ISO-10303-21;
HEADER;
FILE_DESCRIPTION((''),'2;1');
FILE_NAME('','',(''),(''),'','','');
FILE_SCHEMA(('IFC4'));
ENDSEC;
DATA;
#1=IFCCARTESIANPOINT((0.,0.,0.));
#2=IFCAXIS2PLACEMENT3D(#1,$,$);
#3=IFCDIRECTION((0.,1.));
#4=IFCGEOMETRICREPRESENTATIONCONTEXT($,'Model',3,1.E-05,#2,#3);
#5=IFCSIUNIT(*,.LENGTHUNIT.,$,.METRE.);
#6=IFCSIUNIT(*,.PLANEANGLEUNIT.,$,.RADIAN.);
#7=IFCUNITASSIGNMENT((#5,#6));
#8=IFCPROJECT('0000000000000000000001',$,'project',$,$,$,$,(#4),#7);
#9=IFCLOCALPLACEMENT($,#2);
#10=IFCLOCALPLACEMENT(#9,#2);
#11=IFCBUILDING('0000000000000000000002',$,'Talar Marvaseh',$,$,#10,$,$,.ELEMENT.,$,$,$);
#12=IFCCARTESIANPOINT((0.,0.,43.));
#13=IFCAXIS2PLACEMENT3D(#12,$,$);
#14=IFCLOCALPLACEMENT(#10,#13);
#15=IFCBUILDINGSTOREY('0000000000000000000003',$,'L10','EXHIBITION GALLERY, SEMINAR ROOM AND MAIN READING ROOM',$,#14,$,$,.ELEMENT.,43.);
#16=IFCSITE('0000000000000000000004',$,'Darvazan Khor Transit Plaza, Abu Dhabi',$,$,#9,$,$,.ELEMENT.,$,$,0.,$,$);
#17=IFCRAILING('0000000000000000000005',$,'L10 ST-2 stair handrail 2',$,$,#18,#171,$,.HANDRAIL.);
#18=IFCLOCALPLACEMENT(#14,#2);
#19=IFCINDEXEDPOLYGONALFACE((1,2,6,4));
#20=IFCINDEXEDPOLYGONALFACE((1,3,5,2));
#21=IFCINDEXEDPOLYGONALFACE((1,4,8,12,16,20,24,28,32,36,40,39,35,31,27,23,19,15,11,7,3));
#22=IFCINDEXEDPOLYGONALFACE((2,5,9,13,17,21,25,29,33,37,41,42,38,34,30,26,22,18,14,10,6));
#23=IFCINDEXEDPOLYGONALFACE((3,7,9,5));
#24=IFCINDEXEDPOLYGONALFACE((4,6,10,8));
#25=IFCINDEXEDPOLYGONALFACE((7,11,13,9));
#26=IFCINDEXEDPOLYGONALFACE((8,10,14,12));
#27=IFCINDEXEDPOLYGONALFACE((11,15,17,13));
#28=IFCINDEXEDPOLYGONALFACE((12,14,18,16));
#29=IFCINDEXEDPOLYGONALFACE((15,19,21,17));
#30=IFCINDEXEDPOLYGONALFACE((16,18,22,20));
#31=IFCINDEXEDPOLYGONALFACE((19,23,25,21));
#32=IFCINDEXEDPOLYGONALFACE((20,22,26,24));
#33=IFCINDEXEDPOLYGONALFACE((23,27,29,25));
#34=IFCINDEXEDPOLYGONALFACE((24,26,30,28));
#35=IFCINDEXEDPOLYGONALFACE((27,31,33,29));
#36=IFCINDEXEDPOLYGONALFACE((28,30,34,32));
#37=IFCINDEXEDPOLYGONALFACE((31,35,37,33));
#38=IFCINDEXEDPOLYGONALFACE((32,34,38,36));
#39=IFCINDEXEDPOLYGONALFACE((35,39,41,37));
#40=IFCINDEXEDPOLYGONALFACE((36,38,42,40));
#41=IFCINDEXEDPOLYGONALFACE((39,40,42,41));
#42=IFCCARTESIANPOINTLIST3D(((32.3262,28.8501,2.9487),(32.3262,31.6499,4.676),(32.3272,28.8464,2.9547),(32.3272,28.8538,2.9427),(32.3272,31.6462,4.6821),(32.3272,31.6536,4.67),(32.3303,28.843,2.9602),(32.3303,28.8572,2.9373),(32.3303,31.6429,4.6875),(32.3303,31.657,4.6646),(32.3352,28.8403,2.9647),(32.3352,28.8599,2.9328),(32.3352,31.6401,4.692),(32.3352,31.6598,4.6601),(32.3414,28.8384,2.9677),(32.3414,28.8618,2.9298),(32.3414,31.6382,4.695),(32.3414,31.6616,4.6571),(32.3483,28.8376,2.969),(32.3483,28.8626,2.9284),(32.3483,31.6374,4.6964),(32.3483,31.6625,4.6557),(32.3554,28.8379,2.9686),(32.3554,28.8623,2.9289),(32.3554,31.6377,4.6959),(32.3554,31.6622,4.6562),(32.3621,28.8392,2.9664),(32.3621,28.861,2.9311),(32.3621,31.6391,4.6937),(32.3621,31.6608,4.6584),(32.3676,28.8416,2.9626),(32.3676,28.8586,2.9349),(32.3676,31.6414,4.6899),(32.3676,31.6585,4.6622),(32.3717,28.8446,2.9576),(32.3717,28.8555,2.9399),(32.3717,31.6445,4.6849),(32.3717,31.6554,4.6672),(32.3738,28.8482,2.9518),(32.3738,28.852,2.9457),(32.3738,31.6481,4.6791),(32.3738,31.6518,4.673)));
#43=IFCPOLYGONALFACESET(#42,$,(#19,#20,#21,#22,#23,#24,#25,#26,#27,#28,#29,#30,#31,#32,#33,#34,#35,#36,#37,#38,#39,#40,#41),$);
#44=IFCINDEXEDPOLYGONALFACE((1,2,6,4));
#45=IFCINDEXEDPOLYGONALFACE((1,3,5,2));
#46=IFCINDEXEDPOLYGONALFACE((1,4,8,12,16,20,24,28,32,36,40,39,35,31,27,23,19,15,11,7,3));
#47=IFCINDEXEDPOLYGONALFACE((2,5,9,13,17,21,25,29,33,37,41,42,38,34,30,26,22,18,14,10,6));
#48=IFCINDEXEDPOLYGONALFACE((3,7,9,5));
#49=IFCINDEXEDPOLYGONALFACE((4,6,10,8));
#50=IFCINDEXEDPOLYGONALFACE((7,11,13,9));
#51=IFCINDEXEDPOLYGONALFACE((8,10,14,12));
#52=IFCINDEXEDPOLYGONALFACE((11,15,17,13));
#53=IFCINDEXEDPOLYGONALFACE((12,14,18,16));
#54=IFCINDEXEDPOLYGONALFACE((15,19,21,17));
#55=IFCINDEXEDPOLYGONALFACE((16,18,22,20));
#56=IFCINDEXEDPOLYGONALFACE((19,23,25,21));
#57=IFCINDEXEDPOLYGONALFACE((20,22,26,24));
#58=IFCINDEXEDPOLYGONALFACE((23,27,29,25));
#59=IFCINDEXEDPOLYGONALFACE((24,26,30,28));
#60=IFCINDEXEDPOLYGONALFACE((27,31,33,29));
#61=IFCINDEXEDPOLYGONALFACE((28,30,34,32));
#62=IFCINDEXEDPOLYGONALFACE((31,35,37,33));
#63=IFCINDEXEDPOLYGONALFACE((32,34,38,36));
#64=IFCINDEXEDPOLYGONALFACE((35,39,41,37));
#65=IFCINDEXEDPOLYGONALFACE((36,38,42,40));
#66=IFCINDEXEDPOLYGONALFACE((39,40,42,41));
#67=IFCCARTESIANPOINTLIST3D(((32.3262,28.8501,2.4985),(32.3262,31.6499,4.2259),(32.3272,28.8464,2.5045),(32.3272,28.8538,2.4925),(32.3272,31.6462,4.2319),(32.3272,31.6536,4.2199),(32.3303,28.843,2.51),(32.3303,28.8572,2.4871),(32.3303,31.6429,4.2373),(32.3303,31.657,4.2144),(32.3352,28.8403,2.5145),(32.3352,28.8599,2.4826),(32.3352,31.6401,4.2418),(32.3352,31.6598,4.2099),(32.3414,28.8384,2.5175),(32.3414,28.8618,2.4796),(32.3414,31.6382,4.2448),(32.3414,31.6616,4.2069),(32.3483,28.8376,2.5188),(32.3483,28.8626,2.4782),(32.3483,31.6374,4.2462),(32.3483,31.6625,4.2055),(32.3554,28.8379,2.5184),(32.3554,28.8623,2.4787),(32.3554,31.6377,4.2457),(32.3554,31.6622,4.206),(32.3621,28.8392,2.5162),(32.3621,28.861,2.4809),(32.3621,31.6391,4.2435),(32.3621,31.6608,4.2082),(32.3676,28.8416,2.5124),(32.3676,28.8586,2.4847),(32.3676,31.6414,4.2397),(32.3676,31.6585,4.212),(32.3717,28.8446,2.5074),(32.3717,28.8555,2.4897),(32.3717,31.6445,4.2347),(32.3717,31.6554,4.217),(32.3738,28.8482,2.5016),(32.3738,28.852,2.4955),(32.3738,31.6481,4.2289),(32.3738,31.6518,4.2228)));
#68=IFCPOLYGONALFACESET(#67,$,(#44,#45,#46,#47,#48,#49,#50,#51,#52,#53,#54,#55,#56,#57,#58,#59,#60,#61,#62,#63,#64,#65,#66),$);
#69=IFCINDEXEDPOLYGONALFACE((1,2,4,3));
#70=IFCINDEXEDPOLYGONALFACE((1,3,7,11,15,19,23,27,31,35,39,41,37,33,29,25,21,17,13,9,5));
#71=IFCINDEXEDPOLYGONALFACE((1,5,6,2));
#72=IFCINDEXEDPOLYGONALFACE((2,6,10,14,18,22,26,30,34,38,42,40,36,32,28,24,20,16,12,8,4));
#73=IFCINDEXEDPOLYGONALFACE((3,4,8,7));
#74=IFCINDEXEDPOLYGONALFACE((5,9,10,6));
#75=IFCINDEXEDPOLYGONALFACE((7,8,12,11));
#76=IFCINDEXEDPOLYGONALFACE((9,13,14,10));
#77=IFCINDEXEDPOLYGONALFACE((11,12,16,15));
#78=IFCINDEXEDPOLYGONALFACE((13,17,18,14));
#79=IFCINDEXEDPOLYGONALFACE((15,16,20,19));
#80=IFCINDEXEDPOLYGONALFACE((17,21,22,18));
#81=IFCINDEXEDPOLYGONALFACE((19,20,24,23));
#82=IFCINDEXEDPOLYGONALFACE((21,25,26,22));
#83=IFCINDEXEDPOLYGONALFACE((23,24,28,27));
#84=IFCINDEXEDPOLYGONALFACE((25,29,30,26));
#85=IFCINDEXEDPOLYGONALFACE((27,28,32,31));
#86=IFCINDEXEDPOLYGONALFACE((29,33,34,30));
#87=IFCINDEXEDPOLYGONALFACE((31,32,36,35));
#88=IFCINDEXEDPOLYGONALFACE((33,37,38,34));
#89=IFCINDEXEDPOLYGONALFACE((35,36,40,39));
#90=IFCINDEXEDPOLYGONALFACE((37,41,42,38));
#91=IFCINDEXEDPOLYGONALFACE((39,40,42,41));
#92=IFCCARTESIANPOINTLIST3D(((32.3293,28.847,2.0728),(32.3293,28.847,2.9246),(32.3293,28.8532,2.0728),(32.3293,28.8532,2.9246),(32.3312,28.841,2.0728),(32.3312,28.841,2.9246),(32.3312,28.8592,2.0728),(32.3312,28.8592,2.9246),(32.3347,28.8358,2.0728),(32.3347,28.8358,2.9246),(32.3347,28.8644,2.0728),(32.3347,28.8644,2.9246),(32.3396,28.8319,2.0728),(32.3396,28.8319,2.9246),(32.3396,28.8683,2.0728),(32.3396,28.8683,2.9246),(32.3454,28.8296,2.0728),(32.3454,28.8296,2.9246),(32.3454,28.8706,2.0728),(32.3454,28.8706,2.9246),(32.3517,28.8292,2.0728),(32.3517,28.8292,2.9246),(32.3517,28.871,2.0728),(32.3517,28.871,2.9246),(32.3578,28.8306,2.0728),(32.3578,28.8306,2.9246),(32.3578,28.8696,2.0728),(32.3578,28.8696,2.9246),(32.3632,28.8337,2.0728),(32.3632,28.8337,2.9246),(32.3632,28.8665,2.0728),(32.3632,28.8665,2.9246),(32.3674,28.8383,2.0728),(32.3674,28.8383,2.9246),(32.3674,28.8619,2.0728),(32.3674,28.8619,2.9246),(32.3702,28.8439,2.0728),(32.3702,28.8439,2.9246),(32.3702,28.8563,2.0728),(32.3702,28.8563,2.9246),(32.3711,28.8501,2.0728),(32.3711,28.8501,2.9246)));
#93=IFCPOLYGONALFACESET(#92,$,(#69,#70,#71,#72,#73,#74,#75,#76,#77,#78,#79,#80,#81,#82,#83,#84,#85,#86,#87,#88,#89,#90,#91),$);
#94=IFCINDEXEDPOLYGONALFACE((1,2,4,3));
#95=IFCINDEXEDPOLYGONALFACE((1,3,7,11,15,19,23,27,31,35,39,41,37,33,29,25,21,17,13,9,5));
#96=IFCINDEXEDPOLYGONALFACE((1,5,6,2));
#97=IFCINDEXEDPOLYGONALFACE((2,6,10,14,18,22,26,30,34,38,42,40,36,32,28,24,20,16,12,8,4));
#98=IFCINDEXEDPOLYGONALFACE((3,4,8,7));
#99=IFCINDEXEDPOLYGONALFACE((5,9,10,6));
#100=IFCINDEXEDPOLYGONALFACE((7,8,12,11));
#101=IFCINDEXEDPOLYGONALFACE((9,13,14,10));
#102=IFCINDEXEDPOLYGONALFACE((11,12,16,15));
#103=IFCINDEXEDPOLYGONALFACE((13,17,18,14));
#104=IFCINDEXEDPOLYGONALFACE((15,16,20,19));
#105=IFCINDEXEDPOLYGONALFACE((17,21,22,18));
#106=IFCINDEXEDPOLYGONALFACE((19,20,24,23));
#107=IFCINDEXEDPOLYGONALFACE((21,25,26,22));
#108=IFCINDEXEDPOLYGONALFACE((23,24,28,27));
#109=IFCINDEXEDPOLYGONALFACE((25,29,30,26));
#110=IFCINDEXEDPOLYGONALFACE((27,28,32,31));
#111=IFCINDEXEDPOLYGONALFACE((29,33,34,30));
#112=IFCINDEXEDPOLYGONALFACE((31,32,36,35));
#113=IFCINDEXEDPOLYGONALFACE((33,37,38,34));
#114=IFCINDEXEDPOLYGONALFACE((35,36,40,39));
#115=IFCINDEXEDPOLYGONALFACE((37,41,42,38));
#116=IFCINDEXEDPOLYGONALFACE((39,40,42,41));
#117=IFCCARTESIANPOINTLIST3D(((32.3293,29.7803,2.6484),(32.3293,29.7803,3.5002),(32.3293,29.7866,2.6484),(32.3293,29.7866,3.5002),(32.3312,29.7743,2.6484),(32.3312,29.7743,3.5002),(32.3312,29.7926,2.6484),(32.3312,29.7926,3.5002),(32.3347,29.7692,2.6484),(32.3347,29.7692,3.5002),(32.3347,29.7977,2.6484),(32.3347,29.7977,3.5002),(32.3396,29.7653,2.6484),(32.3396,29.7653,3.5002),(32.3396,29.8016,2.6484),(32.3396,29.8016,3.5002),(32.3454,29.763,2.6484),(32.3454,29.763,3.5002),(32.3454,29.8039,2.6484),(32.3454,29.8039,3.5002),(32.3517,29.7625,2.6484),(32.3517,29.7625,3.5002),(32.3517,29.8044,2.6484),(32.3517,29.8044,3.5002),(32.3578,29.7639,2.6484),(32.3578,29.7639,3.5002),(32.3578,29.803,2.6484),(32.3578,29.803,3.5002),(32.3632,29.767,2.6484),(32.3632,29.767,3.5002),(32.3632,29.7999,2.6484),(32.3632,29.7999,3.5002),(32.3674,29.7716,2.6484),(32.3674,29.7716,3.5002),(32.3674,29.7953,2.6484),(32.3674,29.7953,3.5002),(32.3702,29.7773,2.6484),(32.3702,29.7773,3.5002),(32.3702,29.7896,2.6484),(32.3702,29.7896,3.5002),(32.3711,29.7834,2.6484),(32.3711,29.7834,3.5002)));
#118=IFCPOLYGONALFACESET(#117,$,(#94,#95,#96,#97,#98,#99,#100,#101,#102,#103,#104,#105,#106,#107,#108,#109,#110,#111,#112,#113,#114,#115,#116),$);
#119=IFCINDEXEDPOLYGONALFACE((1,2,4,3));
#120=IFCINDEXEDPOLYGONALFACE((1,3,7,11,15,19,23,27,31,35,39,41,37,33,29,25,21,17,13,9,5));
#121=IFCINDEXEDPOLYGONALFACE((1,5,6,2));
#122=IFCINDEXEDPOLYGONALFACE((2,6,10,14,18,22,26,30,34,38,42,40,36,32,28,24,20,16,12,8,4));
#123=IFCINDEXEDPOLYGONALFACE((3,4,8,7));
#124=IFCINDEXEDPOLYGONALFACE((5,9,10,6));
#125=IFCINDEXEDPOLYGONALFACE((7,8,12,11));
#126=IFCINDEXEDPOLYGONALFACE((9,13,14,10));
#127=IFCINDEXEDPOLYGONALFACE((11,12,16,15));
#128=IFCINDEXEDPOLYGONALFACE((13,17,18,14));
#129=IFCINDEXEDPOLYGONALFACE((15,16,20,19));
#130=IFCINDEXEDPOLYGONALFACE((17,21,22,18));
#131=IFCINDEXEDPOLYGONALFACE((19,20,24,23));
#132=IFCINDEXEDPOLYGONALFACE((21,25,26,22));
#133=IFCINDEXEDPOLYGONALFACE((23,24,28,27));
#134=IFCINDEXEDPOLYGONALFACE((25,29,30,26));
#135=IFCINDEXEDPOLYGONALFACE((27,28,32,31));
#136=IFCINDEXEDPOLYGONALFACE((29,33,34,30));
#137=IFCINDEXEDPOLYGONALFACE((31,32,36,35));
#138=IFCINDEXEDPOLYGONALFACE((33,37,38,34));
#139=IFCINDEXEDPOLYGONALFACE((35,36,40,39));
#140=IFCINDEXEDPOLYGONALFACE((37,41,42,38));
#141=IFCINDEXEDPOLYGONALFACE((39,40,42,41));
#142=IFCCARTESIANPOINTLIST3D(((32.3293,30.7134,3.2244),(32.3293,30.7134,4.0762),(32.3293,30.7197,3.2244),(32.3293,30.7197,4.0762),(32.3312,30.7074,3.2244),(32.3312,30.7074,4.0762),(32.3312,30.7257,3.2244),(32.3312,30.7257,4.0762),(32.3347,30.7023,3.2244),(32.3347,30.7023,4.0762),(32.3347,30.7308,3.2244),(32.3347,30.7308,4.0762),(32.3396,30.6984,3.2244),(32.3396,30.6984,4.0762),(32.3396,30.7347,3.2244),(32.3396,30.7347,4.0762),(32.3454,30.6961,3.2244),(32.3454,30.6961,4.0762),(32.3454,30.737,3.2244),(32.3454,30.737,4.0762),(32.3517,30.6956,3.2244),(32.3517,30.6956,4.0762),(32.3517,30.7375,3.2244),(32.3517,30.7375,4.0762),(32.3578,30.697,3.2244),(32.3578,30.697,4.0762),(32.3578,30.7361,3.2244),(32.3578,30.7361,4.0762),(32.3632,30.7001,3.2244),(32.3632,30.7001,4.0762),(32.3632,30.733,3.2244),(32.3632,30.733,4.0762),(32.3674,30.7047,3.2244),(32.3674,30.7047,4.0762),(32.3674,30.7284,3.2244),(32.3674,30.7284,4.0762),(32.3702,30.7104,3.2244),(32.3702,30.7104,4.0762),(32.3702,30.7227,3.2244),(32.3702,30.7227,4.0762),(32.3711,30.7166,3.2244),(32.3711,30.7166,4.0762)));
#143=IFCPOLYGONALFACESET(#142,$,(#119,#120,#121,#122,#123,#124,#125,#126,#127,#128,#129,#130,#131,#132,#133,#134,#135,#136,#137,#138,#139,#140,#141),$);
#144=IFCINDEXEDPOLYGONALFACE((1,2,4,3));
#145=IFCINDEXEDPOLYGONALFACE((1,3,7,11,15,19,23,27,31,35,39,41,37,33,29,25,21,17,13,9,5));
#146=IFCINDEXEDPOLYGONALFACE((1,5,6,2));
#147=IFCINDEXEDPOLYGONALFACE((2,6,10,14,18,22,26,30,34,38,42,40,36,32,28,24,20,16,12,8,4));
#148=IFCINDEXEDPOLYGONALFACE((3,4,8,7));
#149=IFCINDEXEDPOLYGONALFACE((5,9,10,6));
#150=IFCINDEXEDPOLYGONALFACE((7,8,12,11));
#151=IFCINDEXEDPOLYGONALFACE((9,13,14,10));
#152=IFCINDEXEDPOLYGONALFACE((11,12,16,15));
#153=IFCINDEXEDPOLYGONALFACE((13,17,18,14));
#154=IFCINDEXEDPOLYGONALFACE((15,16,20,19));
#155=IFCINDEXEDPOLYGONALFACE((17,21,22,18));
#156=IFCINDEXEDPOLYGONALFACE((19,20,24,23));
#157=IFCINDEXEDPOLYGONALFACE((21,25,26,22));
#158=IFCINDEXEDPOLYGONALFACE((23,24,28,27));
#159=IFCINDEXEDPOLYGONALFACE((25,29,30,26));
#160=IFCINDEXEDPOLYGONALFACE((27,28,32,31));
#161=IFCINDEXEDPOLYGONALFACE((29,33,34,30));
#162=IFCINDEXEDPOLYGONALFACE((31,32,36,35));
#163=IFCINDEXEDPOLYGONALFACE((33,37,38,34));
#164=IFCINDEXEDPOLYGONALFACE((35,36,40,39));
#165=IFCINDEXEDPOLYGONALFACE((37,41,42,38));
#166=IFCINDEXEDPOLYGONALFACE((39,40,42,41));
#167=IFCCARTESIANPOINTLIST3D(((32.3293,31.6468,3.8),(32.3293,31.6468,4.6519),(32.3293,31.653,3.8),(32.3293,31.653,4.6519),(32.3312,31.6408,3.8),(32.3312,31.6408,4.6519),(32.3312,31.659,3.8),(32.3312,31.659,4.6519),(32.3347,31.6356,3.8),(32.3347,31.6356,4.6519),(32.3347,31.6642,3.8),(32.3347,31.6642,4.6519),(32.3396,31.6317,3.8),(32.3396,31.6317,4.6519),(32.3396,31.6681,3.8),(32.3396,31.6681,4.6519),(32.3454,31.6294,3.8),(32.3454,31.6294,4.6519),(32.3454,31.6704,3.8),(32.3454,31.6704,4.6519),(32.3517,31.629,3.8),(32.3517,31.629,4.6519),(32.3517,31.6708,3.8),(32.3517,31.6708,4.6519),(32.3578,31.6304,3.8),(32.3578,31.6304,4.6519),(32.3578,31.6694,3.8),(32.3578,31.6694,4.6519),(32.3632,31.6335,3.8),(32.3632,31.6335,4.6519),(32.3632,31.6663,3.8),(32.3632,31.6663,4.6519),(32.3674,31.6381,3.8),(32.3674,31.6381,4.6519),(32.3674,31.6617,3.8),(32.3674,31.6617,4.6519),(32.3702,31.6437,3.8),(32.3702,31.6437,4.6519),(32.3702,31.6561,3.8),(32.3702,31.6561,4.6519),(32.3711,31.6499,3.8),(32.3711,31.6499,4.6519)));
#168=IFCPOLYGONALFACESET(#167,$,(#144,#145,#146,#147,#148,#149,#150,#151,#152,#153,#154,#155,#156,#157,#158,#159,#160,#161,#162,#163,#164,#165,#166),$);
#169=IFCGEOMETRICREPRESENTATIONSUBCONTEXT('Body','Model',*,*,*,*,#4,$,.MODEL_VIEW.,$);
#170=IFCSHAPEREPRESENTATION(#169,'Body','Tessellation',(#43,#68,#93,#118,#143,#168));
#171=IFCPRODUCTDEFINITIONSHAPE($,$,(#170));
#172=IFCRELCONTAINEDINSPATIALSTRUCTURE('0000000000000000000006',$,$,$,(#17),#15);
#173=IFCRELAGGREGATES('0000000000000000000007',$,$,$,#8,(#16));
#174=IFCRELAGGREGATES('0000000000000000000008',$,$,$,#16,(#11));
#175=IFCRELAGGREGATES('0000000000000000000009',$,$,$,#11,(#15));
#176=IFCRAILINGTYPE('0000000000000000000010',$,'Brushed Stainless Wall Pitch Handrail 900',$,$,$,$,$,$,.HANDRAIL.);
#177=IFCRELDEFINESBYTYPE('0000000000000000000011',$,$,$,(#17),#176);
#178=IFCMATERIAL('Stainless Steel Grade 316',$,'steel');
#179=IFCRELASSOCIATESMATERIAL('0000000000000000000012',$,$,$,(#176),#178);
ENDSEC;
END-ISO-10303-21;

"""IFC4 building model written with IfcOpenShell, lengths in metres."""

from ifc_helpers import new_model, si_unit, direction, frame, origin, origin_2d, place, context, subcontext, project, spatial, circle, extrude, material, type_object, element, save


model = new_model("IFC4")

# Units and contexts
model_context = context("Model", 3, precision=1e-05, world=origin(), true_north=direction((0.0, 1.0)))
body_context = subcontext(model_context, "Body", "Model", "MODEL_VIEW")
ifc_project = project(units=[si_unit("LENGTHUNIT", "METRE"), si_unit("PLANEANGLEUNIT", "RADIAN")], contexts=[model_context])

# Site, building, storey
site_placement = place(None, origin())
site = spatial("IfcSite", under=ifc_project, at=site_placement, Name="Darvazan Khor Transit Plaza, Abu Dhabi", CompositionType="ELEMENT", RefElevation=0.0)
building_placement = place(site_placement, origin())
building = spatial("IfcBuilding", under=site, at=building_placement, Name="Talar Marvaseh", CompositionType="ELEMENT")
storey_placement = place(building_placement, frame((0.0, 0.0, 43.0)))
storey = spatial("IfcBuildingStorey", under=building, at=storey_placement, Name="L10", Description="EXHIBITION GALLERY, SEMINAR ROOM AND MAIN READING ROOM", CompositionType="ELEMENT", Elevation=43.0)

# Railing
ifc_material_1 = material(Name="Stainless Steel Grade 316", Category="steel")
railing_type = type_object("IfcRailingType", Name="Brushed Stainless Wall Pitch Handrail 900", PredefinedType="HANDRAIL", material=ifc_material_1)
railing_placement = place(storey_placement, frame((32.3501, 28.8501, 2.0728)))
element("IfcRailing", 1, at=railing_placement, inside=storey, type_object=railing_type, Name="L10 ST-2 stair handrail 2", PredefinedType="HANDRAIL", context=body_context, shape_type="SweptSolid", body=[
    extrude(circle(Radius=0.0239, at=origin_2d()), frame((0.0, 0.0, 0.876), z_axis=(0.0, 0.851069, 0.525054), x_axis=(-1.0, 0.0, 0.0)), (0.0, 0.0, 1.0), 3.2898),
    extrude(circle(Radius=0.0239, at=origin_2d()), frame((0.0, 0.0, 0.4258), z_axis=(0.0, 0.851069, 0.525054), x_axis=(-1.0, 0.0, 0.0)), (0.0, 0.0, 1.0), 3.2898),
    extrude(circle(Radius=0.021, at=origin_2d()), origin(), (0.0, 0.0, 1.0), 0.8518),
    extrude(circle(Radius=0.021, at=origin_2d()), frame((0.0, 0.9333, 0.5757)), (0.0, 0.0, 1.0), 0.8518),
    extrude(circle(Radius=0.021, at=origin_2d()), frame((0.0, 1.8665, 1.1516)), (0.0, 0.0, 1.0), 0.8518),
    extrude(circle(Radius=0.021, at=origin_2d()), frame((0.0, 2.7998, 1.7273)), (0.0, 0.0, 1.0), 0.8518),
])

save(model, "model.ifc")
